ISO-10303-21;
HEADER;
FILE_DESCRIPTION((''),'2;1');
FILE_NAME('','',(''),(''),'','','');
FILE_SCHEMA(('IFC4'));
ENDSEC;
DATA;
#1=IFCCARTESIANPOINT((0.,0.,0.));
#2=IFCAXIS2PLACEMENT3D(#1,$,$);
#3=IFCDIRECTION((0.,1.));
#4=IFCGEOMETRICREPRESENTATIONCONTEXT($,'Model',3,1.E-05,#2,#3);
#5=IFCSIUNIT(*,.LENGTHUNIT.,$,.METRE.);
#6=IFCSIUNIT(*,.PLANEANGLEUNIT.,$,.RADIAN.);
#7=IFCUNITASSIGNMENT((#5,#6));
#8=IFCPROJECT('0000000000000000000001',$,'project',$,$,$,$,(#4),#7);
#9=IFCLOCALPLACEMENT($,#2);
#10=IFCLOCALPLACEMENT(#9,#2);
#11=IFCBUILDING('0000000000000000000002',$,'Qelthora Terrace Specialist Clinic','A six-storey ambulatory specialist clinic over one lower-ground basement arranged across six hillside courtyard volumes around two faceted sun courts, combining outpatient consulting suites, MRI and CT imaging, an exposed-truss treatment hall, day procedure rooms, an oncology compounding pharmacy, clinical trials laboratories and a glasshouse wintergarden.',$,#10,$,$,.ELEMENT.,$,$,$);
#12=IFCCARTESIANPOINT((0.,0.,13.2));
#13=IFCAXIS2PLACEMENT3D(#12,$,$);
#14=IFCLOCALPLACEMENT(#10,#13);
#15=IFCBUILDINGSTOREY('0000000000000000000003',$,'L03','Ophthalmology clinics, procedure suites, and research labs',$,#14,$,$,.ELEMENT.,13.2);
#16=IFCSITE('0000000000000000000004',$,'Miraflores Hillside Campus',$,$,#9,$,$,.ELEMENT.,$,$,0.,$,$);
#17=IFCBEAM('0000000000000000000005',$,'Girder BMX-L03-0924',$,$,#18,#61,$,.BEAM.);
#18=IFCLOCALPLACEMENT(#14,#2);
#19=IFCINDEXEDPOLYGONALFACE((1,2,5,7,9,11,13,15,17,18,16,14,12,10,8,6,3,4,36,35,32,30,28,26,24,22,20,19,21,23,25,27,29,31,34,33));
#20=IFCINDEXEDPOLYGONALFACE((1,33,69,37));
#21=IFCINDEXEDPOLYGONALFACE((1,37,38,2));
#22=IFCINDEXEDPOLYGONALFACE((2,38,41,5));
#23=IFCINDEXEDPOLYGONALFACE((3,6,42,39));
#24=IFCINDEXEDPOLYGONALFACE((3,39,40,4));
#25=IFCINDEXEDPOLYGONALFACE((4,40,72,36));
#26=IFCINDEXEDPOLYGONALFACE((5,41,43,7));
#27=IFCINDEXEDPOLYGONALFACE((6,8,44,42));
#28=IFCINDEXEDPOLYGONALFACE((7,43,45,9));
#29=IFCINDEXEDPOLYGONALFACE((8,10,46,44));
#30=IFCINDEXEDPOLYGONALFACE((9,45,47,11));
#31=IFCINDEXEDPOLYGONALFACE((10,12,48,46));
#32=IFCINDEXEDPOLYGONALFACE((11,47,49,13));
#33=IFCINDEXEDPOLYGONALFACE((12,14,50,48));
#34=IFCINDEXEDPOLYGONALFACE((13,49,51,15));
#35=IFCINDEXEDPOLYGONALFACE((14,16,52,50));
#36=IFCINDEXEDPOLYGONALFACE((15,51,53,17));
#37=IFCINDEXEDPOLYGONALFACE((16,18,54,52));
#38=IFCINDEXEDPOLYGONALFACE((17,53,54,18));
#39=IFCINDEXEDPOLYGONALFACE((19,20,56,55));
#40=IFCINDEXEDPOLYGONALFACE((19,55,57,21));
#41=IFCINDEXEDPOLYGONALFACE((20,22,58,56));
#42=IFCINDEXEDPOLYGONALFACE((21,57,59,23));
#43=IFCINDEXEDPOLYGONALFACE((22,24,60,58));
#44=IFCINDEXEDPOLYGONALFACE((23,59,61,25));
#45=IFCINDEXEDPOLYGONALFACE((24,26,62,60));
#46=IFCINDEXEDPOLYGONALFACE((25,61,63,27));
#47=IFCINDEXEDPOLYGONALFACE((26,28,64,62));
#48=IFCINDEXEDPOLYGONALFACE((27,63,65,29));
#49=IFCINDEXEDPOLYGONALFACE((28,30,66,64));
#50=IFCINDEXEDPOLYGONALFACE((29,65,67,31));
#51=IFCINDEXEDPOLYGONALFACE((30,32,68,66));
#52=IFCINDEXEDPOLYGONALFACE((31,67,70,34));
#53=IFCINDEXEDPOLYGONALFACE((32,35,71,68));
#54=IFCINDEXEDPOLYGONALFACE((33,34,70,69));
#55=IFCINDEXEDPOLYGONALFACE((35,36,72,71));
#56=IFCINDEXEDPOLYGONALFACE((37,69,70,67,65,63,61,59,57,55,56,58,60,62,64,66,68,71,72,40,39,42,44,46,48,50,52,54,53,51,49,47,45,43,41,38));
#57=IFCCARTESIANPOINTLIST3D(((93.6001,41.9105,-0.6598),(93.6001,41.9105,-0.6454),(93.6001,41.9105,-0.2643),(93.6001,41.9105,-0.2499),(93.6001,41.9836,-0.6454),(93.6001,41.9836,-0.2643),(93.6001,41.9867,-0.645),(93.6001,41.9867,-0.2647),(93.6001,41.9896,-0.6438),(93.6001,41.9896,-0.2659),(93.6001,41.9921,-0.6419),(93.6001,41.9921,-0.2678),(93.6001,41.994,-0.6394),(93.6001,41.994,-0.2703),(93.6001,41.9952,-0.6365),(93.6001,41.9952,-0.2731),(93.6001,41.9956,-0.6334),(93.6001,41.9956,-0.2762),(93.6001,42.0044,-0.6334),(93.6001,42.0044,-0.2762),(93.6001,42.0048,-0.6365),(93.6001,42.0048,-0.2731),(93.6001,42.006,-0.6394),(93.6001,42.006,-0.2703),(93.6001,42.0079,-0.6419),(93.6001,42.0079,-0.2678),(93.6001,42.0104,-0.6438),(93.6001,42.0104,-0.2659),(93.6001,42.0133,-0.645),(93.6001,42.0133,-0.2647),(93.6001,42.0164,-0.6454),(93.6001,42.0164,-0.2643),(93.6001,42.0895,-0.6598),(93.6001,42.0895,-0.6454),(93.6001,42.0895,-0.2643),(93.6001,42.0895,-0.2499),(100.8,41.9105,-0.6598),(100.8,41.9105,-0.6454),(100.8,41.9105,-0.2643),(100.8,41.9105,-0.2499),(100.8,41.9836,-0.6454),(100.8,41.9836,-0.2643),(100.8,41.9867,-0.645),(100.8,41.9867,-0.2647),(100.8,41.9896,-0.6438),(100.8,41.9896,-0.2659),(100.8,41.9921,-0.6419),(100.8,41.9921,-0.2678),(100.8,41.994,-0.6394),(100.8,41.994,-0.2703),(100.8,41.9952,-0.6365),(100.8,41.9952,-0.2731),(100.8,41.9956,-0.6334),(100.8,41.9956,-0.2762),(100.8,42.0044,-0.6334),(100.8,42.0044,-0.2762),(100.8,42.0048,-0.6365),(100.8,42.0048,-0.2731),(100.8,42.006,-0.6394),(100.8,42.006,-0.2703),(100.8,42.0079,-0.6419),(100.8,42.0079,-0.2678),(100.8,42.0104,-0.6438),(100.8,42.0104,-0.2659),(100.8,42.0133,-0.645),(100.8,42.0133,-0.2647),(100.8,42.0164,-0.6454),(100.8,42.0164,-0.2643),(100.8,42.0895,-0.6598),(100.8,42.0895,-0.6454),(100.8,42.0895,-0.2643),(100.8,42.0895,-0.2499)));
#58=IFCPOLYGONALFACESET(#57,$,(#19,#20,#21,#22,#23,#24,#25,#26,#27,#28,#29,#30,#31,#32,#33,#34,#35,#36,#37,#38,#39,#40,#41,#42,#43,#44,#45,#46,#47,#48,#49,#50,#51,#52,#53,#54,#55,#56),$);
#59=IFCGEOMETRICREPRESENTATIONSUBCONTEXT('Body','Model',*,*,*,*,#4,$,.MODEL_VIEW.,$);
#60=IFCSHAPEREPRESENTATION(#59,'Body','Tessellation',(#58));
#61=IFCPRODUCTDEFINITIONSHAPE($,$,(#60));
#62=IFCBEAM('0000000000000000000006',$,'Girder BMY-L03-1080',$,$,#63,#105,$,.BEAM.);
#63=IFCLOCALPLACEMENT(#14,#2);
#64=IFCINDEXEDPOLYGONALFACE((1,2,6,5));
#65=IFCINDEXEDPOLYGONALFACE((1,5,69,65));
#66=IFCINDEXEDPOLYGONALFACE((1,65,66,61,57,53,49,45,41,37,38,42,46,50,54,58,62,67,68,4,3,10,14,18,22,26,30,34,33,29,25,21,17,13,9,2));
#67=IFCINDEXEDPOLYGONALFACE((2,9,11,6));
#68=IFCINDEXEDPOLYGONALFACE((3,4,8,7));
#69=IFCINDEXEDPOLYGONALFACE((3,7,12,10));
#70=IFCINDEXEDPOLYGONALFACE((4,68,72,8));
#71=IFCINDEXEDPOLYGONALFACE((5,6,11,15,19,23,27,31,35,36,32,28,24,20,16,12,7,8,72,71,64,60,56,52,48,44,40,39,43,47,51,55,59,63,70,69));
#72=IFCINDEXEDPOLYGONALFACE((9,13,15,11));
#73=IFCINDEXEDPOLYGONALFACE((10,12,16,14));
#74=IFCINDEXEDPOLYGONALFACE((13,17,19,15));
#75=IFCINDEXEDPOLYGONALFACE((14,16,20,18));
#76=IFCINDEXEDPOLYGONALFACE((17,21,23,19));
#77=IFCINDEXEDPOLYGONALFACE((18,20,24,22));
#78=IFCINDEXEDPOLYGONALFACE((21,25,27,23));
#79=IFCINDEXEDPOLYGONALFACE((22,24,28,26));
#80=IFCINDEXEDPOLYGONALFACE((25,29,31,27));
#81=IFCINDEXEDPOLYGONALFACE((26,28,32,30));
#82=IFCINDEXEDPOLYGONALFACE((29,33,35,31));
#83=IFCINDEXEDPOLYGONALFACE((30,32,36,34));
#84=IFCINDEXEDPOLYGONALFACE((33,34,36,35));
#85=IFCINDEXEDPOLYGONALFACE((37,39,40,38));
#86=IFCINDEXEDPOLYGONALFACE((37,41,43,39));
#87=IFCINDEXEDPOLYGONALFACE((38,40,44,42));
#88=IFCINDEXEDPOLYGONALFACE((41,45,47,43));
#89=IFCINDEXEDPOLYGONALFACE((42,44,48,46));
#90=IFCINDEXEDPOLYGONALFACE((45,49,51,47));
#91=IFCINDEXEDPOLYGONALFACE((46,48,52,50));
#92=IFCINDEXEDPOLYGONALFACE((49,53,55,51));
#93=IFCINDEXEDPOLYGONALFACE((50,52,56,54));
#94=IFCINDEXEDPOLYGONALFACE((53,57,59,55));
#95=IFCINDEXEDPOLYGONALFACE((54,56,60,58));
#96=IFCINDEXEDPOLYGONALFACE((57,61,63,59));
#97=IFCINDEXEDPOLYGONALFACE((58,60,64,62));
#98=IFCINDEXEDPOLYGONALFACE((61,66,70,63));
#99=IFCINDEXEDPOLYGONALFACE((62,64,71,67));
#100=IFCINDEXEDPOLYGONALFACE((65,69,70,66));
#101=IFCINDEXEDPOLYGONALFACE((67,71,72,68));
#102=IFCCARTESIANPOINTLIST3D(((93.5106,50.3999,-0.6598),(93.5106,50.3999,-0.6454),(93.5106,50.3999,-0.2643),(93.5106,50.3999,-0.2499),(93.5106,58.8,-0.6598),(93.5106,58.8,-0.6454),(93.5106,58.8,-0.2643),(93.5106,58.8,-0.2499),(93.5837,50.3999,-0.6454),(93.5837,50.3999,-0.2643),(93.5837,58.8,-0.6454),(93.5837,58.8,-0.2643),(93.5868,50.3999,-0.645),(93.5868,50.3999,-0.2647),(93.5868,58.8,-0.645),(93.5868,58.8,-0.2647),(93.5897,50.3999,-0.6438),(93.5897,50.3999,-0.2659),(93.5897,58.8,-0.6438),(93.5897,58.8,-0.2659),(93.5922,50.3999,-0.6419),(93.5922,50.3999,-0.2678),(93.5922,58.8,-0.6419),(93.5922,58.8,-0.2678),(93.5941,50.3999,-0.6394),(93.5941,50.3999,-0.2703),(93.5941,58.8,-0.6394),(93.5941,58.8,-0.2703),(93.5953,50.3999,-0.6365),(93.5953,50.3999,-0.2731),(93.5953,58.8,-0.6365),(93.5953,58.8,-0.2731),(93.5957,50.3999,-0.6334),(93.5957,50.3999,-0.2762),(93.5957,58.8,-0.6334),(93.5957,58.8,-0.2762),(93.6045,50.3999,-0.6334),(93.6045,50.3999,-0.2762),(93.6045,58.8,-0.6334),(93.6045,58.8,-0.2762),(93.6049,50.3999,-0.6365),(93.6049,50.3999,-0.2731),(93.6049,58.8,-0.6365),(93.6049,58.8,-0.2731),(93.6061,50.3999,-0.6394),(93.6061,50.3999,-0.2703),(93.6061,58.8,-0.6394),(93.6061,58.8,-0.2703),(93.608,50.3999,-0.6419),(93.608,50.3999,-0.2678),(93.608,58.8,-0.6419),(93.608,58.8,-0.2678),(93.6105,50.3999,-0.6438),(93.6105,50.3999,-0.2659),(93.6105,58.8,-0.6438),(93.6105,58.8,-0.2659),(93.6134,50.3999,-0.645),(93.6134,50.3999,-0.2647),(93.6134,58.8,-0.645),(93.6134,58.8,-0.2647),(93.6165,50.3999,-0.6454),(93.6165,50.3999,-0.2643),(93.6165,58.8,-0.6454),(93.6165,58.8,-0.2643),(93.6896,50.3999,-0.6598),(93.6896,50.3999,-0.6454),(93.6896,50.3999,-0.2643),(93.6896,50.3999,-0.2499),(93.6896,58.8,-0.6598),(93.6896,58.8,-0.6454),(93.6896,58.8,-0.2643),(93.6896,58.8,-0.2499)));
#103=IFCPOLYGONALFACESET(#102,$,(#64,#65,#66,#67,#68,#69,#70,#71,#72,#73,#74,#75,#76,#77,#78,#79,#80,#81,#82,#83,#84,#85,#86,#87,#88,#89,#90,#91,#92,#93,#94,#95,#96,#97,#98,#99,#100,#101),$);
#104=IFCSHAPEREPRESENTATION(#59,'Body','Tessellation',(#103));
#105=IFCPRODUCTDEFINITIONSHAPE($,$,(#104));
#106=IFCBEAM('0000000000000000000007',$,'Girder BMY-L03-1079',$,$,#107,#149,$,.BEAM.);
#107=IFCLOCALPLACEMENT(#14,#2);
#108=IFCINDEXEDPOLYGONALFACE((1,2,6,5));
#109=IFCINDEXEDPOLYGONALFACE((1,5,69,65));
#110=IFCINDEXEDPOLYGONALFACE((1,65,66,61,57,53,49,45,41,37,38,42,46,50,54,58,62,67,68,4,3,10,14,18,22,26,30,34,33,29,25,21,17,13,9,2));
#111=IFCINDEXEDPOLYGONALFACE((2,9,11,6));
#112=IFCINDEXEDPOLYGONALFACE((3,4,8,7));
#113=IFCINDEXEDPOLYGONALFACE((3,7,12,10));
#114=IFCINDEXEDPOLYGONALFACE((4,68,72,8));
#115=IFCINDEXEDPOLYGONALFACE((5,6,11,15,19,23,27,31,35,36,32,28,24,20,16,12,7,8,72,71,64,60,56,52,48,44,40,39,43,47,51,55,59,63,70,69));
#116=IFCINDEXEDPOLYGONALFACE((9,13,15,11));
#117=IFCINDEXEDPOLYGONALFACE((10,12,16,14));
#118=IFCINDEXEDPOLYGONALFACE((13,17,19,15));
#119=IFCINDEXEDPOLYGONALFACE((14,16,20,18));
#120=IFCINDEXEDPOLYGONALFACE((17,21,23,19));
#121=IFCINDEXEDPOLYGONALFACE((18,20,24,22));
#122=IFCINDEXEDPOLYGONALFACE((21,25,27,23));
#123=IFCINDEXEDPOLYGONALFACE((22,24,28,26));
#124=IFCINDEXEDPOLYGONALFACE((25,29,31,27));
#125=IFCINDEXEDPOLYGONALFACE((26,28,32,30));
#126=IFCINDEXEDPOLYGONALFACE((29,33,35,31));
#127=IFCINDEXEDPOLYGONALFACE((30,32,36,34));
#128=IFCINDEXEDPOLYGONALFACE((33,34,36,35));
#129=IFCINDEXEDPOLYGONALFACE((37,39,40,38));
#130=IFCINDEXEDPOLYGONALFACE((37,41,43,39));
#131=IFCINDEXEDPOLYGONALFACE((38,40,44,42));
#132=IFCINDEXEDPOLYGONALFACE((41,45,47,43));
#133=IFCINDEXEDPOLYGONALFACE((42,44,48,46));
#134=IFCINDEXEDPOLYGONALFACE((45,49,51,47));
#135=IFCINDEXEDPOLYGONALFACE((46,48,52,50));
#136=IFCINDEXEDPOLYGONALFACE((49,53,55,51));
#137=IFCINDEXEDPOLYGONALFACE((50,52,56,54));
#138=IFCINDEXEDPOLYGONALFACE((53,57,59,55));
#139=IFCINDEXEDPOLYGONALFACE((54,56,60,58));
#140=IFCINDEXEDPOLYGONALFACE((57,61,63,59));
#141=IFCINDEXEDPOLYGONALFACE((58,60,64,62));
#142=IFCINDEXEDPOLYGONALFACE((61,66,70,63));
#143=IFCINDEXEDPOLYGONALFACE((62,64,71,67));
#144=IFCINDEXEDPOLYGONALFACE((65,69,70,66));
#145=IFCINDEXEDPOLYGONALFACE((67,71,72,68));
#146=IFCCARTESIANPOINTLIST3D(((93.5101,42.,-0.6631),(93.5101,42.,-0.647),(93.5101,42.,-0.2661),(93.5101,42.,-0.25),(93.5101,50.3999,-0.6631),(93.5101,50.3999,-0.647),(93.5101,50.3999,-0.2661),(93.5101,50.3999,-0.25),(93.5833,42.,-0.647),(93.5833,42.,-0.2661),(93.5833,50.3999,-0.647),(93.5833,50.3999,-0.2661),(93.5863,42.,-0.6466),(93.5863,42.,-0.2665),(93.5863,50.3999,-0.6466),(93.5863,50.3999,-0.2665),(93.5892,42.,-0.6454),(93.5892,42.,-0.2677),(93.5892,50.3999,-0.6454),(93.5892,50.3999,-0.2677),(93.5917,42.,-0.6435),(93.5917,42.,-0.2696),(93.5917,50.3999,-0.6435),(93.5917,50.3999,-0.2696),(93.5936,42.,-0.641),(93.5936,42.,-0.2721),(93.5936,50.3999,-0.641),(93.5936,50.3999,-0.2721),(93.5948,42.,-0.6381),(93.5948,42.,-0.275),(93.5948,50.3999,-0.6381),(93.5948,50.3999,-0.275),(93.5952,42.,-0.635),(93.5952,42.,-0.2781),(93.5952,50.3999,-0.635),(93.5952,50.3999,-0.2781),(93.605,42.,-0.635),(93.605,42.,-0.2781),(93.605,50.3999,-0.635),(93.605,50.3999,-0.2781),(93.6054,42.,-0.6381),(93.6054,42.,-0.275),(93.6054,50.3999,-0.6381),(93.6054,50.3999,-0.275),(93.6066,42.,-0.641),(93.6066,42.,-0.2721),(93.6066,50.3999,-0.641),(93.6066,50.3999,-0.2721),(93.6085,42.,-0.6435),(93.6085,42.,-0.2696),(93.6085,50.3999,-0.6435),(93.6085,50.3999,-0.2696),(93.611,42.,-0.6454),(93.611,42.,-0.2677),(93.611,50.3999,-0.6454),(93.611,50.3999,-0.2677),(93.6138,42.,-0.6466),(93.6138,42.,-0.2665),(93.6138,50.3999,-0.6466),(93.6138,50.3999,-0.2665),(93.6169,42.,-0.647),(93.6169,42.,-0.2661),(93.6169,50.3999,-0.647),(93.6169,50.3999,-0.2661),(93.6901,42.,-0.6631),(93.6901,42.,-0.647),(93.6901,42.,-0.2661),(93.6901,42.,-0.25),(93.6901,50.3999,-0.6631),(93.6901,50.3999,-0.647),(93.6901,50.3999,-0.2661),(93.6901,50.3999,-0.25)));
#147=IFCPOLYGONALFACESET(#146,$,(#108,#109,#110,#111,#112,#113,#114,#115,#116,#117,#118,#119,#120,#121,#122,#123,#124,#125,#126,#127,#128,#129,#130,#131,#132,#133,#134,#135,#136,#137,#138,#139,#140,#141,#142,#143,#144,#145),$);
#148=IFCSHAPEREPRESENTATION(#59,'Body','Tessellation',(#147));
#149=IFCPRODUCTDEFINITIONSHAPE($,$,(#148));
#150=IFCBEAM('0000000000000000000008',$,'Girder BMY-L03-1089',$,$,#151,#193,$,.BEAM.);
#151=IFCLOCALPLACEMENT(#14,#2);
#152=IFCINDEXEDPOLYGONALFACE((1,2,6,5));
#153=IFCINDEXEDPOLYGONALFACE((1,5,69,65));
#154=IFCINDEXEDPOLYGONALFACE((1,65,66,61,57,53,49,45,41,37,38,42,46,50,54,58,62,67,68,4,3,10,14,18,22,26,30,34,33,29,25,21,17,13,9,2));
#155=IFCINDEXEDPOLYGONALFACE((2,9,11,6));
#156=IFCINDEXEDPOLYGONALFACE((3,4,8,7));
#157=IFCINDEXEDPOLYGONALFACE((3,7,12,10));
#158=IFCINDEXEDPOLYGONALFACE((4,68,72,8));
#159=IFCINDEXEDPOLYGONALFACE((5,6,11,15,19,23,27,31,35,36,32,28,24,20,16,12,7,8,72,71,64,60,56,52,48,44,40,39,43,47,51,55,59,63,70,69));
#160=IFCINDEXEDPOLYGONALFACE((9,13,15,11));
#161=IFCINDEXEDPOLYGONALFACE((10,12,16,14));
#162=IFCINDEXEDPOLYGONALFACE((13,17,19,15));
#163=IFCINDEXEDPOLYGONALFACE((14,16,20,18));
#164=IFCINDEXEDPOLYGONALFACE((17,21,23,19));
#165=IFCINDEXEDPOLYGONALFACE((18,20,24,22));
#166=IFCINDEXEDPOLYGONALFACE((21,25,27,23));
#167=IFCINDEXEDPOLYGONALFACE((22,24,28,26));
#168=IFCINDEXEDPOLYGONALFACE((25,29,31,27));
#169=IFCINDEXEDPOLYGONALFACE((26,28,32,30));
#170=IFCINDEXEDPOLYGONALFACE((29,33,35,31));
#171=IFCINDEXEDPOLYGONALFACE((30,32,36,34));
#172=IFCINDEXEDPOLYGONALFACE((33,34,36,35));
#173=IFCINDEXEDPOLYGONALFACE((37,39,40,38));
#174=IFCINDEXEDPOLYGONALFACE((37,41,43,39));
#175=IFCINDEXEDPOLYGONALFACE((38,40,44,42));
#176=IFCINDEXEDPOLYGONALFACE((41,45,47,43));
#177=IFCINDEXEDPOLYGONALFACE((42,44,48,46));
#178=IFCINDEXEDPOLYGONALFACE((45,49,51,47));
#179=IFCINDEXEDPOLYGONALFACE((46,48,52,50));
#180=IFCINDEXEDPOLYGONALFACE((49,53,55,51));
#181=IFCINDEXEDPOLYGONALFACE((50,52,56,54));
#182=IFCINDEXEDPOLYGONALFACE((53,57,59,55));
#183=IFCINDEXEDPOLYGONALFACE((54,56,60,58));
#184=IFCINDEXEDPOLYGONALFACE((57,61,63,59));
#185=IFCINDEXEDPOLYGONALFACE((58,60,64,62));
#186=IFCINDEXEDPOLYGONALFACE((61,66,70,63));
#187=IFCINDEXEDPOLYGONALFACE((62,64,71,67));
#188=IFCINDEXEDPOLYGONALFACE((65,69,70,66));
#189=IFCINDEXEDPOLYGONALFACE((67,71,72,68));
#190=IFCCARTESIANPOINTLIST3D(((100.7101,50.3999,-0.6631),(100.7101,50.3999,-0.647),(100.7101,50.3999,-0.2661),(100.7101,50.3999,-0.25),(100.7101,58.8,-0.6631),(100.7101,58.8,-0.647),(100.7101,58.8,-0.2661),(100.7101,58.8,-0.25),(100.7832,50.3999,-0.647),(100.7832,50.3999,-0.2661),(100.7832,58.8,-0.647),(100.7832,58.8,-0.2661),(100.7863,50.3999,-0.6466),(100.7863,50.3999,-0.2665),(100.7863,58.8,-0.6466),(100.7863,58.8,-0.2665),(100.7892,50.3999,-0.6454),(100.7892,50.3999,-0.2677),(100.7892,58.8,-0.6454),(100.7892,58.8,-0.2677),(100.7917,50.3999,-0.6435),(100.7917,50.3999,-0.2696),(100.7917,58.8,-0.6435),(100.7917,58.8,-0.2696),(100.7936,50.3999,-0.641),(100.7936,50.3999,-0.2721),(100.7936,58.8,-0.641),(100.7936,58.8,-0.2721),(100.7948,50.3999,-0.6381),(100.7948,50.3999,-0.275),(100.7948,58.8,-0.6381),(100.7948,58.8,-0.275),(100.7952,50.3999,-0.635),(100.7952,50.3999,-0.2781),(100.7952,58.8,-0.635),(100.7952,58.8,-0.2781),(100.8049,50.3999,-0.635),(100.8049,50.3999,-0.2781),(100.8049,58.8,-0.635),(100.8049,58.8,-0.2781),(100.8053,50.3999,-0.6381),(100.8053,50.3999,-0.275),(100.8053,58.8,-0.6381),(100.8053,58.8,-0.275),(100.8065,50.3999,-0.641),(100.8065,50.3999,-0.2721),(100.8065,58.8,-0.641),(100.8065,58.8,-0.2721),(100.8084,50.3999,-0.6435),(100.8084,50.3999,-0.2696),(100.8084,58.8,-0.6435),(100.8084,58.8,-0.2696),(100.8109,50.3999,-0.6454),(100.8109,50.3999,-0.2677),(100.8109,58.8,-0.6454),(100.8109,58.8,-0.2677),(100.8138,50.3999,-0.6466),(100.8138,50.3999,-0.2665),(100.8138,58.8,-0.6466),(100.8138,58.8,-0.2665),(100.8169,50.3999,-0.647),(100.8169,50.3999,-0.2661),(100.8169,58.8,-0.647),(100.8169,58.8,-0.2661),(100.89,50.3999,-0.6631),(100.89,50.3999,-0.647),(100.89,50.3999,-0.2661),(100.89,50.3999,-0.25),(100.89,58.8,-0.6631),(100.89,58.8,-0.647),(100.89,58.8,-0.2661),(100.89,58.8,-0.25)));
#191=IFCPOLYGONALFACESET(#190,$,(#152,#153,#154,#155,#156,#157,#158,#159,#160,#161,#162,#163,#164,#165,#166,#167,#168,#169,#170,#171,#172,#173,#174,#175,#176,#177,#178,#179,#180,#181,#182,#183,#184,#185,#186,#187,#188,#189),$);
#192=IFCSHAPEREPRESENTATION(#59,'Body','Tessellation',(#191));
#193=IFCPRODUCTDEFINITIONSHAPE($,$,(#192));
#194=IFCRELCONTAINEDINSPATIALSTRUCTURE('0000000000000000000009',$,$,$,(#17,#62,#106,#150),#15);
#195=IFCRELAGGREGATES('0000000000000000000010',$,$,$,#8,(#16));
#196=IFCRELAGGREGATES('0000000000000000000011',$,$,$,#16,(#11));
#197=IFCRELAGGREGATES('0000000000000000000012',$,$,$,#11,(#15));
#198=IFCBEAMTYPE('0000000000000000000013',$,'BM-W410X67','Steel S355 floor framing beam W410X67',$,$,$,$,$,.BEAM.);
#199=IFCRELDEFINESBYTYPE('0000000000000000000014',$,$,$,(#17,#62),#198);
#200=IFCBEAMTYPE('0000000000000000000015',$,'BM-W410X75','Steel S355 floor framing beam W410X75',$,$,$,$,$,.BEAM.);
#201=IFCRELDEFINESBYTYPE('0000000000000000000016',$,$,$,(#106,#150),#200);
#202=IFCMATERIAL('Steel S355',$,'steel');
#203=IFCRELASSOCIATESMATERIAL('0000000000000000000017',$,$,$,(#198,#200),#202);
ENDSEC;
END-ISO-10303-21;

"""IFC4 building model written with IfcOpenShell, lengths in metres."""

from ifc_helpers import new_model, si_unit, direction, frame, origin, origin_2d, place, context, subcontext, project, spatial, i_section, extrude, material, material_profile, profile_set, type_object, element, save


model = new_model("IFC4")

# Units and contexts
model_context = context("Model", 3, precision=1e-05, world=origin(), true_north=direction((0.0, 1.0)))
body_context = subcontext(model_context, "Body", "Model", "MODEL_VIEW")
ifc_project = project(units=[si_unit("LENGTHUNIT", "METRE"), si_unit("PLANEANGLEUNIT", "RADIAN")], contexts=[model_context])

# Site, building, storey
site_placement = place(None, origin())
site = spatial("IfcSite", under=ifc_project, at=site_placement, Name="Miraflores Hillside Campus", CompositionType="ELEMENT", RefElevation=0.0)
building_placement = place(site_placement, origin())
building = spatial("IfcBuilding", under=site, at=building_placement, Name="Qelthora Terrace Specialist Clinic", Description="A six-storey ambulatory specialist clinic over one lower-ground basement arranged across six hillside courtyard volumes around two faceted sun courts, combining outpatient consulting suites, MRI and CT imaging, an exposed-truss treatment hall, day procedure rooms, an oncology compounding pharmacy, clinical trials laboratories and a glasshouse wintergarden.", CompositionType="ELEMENT")
storey_placement = place(building_placement, frame((0.0, 0.0, 13.2)))
storey = spatial("IfcBuildingStorey", under=building, at=storey_placement, Name="L03", Description="Ophthalmology clinics, procedure suites, and research labs", CompositionType="ELEMENT", Elevation=13.2)

# Shared definitions
ifc_material_1 = material(Name="Steel S355", Category="steel")

# Beams
ifc_material_profile_1 = material_profile(ifc_material_1, i_section(OverallWidth=0.179, OverallDepth=0.4099, WebThickness=0.0088, FlangeThickness=0.0144, FilletRadius=0.012, at=origin_2d()), Name="W410X67")
ifc_profile_set_1 = profile_set([ifc_material_profile_1], Name="Steel S355")
beam_type_1 = type_object("IfcBeamType", Name="BM-W410X67", Description="Steel S355 floor framing beam W410X67", PredefinedType="BEAM", material=ifc_profile_set_1)
beam_1_placement = place(storey_placement, frame((93.6001, 42.0, -0.4548), z_axis=(1.0, 0.0, 0.0), x_axis=(0.0, 1.0, 0.0)))
element("IfcBeam", 1, at=beam_1_placement, inside=storey, type_object=beam_type_1, Name="Girder BMX-L03-0924", PredefinedType="BEAM", context=body_context, shape_type="SweptSolid", body=[
    extrude(i_section(OverallWidth=0.179, OverallDepth=0.4099, WebThickness=0.0088, FlangeThickness=0.0144, FilletRadius=0.012, at=origin_2d()), origin(), (0.0, 0.0, 1.0), 7.2),
])
beam_2_placement = place(storey_placement, frame((93.6001, 50.3999, -0.4548), z_axis=(0.0, 1.0, 0.0), x_axis=(-1.0, 0.0, 0.0)))
element("IfcBeam", 2, at=beam_2_placement, inside=storey, type_object=beam_type_1, Name="Girder BMY-L03-1080", PredefinedType="BEAM", context=body_context, shape_type="SweptSolid", body=[
    extrude(i_section(OverallWidth=0.179, OverallDepth=0.4099, WebThickness=0.0088, FlangeThickness=0.0144, FilletRadius=0.012, at=origin_2d()), origin(), (0.0, 0.0, 1.0), 8.4001),
])
ifc_material_profile_2 = material_profile(ifc_material_1, i_section(OverallWidth=0.1799, OverallDepth=0.4131, WebThickness=0.0098, FlangeThickness=0.0161, FilletRadius=0.012, at=origin_2d()), Name="W410X75")
ifc_profile_set_2 = profile_set([ifc_material_profile_2], Name="Steel S355")
beam_type_2 = type_object("IfcBeamType", Name="BM-W410X75", Description="Steel S355 floor framing beam W410X75", PredefinedType="BEAM", material=ifc_profile_set_2)
beam_3_placement = place(storey_placement, frame((93.6001, 42.0, -0.4565), z_axis=(0.0, 1.0, 0.0), x_axis=(-1.0, 0.0, 0.0)))
element("IfcBeam", 3, at=beam_3_placement, inside=storey, type_object=beam_type_2, Name="Girder BMY-L03-1079", PredefinedType="BEAM", context=body_context, shape_type="SweptSolid", body=[
    extrude(i_section(OverallWidth=0.1799, OverallDepth=0.4131, WebThickness=0.0098, FlangeThickness=0.0161, FilletRadius=0.012, at=origin_2d()), origin(), (0.0, 0.0, 1.0), 8.3999),
])
beam_4_placement = place(storey_placement, frame((100.8, 50.3999, -0.4565), z_axis=(0.0, 1.0, 0.0), x_axis=(-1.0, 0.0, 0.0)))
element("IfcBeam", 4, at=beam_4_placement, inside=storey, type_object=beam_type_2, Name="Girder BMY-L03-1089", PredefinedType="BEAM", context=body_context, shape_type="SweptSolid", body=[
    extrude(i_section(OverallWidth=0.1799, OverallDepth=0.4131, WebThickness=0.0098, FlangeThickness=0.0161, FilletRadius=0.012, at=origin_2d()), origin(), (0.0, 0.0, 1.0), 8.4001),
])

save(model, "model.ifc")
